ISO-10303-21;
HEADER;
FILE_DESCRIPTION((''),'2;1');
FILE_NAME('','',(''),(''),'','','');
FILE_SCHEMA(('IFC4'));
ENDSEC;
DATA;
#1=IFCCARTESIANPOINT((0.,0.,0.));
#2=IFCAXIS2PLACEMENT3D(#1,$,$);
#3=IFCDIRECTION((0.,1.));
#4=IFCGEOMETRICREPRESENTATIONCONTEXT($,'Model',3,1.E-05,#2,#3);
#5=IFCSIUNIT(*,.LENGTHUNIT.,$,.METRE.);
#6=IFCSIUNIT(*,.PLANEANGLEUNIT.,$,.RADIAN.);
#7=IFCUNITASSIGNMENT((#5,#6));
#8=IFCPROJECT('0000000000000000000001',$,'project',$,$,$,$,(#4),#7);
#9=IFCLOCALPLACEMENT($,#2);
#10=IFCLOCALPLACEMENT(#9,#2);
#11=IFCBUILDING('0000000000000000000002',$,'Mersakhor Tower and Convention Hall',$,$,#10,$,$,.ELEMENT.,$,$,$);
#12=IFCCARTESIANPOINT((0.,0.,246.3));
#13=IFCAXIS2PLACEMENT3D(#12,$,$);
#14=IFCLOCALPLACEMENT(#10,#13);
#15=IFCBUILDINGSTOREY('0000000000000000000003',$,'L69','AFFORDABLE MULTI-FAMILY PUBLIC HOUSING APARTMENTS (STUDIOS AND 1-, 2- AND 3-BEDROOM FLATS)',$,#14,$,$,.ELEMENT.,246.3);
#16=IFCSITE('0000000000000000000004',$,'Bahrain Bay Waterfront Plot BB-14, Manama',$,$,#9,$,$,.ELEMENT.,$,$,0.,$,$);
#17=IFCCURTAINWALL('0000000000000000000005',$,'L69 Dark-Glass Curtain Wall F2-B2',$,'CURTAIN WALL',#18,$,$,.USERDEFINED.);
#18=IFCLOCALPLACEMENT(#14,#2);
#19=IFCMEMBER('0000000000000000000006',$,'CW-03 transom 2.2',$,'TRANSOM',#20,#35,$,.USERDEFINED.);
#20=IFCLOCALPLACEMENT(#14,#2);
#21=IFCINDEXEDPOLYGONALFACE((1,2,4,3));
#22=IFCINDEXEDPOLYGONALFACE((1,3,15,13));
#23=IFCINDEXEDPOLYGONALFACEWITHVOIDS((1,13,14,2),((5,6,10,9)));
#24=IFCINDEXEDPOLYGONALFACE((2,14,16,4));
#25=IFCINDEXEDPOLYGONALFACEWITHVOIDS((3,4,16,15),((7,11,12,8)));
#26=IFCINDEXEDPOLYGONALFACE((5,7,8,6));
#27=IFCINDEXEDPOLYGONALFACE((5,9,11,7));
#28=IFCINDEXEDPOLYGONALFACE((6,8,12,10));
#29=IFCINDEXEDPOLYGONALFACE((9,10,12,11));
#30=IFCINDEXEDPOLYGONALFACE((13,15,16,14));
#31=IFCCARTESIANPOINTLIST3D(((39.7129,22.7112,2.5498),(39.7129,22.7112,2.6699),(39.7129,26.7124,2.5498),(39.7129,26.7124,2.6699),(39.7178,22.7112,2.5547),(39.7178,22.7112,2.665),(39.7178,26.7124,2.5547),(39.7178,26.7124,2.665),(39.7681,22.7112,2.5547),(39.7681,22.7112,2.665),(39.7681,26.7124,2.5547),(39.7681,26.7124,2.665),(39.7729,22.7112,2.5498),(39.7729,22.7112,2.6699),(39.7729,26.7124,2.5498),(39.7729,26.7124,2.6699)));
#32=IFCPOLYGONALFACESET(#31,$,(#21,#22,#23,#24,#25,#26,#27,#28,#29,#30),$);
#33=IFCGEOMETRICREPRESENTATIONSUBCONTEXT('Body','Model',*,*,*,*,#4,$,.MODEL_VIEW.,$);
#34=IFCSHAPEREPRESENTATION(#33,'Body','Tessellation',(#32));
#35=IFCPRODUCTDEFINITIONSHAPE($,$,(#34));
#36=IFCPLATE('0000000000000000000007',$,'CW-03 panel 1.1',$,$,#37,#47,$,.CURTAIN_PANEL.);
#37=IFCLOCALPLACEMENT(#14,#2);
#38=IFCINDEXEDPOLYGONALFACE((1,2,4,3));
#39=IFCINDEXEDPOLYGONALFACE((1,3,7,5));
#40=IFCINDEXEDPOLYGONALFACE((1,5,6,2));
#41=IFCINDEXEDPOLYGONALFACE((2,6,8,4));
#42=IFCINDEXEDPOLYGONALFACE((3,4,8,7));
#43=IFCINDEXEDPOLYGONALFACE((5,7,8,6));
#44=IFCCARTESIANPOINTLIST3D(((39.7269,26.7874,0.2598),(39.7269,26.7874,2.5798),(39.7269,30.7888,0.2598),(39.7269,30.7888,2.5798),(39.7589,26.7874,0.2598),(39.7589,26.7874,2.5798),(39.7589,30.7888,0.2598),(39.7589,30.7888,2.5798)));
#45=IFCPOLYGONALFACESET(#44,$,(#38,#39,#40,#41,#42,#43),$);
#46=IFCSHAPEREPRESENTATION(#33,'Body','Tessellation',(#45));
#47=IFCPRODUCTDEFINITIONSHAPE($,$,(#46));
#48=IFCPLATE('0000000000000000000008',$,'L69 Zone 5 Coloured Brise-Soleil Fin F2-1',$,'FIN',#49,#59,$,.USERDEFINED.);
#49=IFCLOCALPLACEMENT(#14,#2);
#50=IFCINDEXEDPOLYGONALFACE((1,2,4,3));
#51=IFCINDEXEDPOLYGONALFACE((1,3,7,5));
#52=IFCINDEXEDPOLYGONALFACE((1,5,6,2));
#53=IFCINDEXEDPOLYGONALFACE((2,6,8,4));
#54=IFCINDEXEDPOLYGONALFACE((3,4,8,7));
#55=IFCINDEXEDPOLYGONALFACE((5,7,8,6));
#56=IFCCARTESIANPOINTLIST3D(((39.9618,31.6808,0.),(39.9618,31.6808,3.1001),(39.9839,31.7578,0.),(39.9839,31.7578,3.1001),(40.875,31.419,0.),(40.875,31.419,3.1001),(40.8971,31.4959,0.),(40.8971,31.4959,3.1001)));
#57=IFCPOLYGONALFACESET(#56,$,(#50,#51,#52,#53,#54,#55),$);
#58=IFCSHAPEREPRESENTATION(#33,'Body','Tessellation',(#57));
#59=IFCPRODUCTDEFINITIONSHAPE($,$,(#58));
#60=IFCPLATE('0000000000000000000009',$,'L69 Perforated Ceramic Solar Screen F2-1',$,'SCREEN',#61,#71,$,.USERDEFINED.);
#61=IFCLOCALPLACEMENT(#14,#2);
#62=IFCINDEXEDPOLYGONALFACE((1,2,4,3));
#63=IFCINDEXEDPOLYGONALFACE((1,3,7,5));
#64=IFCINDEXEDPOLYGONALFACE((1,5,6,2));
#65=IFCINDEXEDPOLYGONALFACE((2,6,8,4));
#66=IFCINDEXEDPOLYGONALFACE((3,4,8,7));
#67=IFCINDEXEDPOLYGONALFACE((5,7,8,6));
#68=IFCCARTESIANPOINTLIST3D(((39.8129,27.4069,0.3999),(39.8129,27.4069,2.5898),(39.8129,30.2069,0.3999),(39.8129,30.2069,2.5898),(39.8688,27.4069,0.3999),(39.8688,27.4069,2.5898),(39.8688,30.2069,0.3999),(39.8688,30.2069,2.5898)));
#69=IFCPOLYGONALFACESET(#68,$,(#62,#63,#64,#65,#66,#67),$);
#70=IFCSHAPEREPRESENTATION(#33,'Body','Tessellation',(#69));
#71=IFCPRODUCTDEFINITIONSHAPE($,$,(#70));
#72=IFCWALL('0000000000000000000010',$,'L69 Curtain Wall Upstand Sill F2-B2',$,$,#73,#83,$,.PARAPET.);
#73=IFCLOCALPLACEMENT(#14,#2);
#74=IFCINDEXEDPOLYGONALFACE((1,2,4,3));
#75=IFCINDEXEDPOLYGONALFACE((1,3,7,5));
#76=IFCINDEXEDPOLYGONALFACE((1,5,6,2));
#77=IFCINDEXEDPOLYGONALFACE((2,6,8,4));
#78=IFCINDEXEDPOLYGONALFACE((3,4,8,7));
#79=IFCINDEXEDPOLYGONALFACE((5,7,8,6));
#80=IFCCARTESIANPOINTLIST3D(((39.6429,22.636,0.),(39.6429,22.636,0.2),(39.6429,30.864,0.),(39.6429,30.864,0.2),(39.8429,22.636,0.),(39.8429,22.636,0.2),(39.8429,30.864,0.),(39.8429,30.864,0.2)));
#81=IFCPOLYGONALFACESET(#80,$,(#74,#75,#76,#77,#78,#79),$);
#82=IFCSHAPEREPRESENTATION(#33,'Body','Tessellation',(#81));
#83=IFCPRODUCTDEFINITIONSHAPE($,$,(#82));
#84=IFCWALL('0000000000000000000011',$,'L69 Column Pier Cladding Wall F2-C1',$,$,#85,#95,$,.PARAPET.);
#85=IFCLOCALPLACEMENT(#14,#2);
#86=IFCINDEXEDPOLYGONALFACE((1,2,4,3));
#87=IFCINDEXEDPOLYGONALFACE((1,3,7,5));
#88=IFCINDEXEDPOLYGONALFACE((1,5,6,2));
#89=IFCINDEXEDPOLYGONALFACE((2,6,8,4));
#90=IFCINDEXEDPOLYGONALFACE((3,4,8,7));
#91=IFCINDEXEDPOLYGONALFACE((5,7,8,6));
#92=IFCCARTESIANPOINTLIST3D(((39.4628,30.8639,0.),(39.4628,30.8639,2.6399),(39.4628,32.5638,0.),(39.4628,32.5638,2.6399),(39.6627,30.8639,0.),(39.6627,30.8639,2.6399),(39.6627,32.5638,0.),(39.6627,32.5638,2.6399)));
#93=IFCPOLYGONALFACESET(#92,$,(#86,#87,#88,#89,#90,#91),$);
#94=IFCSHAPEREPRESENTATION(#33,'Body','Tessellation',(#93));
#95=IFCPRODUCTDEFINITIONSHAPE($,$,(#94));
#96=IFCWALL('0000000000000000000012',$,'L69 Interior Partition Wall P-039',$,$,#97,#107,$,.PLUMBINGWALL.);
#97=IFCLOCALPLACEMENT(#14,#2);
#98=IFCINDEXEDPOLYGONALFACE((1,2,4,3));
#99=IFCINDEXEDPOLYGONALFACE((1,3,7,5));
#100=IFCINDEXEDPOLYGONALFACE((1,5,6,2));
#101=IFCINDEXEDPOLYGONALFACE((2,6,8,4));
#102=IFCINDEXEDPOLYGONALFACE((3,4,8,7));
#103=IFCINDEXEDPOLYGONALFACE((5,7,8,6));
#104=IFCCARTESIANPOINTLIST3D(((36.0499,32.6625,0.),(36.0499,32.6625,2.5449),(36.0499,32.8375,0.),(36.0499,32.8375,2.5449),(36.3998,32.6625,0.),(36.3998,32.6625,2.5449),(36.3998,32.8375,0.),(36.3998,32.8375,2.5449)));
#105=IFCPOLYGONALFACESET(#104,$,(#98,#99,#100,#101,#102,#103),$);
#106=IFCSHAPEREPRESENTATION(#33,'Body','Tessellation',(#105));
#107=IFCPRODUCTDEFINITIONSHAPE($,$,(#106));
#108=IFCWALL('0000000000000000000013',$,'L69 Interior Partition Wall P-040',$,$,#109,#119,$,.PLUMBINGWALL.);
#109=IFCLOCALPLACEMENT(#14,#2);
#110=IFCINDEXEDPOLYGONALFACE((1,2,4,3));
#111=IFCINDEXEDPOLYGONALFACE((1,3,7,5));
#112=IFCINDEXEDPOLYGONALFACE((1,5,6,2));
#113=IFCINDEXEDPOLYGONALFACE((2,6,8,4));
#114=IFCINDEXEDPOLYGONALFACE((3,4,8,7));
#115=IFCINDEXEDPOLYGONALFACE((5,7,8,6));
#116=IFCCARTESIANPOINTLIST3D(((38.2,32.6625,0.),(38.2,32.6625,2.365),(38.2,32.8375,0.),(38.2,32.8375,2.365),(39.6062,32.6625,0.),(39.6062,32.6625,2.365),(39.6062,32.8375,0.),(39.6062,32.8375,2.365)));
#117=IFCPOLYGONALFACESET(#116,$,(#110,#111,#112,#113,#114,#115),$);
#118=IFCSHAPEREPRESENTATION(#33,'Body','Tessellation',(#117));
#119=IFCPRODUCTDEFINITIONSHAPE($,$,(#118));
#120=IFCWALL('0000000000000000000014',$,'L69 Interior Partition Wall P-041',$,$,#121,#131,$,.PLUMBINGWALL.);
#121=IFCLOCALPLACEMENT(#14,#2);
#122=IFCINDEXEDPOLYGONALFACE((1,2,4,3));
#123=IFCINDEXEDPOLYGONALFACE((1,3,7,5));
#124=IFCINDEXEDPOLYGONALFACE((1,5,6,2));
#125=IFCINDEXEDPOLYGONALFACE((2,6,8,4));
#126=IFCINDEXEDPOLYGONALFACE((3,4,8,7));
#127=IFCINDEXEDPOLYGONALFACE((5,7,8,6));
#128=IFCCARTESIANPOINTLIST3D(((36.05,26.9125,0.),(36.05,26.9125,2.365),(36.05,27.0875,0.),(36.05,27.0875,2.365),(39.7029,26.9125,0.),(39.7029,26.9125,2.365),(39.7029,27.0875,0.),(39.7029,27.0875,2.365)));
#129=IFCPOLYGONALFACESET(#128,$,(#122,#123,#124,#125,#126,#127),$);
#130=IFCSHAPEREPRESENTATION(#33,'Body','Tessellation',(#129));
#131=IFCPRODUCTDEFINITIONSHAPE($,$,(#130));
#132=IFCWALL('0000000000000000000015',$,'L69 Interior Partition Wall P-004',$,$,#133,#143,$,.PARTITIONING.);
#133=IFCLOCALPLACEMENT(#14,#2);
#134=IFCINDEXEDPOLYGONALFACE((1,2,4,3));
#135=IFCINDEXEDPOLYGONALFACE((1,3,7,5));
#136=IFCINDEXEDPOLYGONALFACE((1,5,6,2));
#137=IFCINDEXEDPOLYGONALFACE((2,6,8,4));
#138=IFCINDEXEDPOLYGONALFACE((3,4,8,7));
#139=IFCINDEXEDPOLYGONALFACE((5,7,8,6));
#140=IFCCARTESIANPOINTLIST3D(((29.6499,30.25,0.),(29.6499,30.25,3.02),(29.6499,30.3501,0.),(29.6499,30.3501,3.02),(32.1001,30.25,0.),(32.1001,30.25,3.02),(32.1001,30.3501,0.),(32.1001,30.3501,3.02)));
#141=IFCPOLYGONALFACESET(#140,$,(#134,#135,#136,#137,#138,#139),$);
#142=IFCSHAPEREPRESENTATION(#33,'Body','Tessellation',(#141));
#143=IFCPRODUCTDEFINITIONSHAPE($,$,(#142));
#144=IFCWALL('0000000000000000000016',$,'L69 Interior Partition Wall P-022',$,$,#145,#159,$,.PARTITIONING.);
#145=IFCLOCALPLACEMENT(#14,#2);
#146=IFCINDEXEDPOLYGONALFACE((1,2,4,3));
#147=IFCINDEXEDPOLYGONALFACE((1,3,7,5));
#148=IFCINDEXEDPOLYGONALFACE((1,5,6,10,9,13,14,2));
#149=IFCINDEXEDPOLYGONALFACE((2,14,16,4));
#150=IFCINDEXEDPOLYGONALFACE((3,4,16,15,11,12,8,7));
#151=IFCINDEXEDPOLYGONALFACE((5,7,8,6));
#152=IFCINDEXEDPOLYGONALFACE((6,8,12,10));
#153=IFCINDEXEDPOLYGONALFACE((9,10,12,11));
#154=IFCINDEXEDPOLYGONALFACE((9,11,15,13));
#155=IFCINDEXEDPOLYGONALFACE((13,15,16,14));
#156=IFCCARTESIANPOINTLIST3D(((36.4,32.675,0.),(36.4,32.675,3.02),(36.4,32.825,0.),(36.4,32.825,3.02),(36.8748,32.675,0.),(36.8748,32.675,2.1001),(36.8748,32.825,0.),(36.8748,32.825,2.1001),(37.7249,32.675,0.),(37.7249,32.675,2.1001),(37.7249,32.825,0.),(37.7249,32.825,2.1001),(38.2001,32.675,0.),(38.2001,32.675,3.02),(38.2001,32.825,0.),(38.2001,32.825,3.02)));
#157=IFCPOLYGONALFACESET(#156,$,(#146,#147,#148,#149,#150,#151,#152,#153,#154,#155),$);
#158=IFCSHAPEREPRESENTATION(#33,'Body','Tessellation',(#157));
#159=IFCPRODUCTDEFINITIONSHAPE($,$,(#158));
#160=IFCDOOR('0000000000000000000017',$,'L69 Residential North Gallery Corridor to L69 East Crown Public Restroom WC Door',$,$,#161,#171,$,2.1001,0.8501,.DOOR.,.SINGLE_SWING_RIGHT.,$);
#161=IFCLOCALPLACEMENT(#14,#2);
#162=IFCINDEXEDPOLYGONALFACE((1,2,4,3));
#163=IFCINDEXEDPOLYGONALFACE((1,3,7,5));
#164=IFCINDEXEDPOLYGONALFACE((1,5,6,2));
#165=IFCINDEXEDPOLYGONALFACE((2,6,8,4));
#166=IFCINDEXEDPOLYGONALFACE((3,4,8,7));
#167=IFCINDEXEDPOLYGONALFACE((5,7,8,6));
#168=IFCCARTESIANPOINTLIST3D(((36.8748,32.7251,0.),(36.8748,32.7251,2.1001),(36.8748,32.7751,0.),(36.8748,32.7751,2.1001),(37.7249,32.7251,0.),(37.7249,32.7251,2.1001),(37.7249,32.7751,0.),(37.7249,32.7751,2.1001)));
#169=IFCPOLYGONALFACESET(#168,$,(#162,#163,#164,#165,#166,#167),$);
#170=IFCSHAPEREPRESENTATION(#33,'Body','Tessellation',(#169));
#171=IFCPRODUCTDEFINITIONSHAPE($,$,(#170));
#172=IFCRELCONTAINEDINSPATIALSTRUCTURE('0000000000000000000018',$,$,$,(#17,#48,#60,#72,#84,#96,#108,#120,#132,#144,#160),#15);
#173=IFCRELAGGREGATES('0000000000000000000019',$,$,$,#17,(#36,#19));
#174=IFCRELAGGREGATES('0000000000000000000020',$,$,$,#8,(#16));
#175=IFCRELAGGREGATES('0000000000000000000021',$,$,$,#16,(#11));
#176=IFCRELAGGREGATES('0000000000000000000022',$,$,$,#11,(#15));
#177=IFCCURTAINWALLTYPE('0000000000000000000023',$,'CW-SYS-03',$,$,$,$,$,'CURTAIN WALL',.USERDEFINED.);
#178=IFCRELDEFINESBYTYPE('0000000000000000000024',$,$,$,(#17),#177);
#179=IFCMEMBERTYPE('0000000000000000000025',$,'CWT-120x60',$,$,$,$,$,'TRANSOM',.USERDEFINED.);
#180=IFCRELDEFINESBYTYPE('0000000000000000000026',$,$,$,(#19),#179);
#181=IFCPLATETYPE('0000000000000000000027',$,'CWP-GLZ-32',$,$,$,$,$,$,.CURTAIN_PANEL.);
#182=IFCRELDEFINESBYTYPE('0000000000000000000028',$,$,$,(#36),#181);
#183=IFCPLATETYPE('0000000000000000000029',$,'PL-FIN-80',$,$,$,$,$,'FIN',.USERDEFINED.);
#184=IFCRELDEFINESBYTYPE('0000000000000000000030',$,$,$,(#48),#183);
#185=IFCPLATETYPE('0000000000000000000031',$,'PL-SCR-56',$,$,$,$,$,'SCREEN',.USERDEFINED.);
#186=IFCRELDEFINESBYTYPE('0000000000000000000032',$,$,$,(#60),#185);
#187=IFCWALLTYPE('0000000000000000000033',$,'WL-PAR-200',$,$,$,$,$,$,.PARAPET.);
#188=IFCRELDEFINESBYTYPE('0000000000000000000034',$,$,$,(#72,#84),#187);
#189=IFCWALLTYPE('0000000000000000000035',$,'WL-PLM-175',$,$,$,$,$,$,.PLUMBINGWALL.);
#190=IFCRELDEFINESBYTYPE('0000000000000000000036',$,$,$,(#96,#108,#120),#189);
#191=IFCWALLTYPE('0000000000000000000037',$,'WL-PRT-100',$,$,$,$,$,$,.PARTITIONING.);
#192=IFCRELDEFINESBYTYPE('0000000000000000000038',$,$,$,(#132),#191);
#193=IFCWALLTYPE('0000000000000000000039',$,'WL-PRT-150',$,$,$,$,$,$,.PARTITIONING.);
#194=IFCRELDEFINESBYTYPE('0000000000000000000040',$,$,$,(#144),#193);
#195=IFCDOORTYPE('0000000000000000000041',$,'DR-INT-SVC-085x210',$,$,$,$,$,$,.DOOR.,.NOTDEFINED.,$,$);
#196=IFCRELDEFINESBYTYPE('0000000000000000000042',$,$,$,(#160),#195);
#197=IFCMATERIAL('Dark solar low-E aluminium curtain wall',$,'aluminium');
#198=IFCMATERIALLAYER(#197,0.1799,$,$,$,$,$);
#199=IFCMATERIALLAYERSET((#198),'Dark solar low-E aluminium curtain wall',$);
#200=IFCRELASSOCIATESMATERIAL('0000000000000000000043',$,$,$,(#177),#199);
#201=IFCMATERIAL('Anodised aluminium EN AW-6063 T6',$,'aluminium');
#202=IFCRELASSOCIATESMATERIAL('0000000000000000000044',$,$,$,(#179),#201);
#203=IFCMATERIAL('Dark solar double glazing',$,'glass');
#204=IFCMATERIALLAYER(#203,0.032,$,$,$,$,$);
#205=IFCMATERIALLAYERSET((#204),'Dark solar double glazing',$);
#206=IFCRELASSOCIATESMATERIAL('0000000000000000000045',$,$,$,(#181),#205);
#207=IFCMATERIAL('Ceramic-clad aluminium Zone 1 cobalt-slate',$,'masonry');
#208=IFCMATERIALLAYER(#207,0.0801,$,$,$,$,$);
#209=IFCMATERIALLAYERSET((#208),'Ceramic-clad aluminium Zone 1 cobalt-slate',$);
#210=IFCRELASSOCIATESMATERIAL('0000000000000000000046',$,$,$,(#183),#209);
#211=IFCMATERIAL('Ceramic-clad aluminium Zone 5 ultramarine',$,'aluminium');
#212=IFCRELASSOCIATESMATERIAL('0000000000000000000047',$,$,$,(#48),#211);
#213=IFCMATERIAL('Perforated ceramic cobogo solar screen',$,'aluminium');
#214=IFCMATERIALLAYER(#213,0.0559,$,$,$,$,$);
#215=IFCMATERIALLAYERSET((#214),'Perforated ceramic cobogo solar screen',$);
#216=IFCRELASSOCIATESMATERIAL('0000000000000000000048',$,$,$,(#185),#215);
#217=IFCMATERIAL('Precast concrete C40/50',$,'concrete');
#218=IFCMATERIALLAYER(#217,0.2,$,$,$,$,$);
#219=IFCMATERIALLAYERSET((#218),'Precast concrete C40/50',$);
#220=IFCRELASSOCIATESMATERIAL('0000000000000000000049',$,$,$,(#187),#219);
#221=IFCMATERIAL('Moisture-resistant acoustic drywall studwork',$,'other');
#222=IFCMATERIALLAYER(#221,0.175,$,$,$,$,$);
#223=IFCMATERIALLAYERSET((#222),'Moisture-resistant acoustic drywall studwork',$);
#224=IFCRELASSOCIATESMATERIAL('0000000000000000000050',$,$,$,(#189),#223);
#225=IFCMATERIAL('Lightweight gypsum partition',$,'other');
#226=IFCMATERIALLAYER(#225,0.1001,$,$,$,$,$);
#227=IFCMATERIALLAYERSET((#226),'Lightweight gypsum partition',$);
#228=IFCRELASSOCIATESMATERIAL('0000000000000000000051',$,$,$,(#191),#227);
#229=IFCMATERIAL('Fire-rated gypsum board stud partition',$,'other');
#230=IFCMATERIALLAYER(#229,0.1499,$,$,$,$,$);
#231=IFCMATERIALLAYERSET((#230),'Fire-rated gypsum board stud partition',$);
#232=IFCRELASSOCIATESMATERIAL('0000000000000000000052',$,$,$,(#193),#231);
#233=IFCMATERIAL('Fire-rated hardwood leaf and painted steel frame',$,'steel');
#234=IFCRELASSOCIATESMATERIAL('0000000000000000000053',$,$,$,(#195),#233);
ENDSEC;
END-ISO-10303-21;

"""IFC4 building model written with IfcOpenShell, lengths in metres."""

from ifc_helpers import new_model, si_unit, direction, frame, frame_2d, origin, origin_2d, place, context, subcontext, project, spatial, rectangle, hollow_rectangle, extrude, material, layer, layer_set, material_profile, profile_set, type_object, element, fill, aggregate, save


model = new_model("IFC4")

# Units and contexts
model_context = context("Model", 3, precision=1e-05, world=origin(), true_north=direction((0.0, 1.0)))
body_context = subcontext(model_context, "Body", "Model", "MODEL_VIEW")
ifc_project = project(units=[si_unit("LENGTHUNIT", "METRE"), si_unit("PLANEANGLEUNIT", "RADIAN")], contexts=[model_context])

# Site, building, storey
site_placement = place(None, origin())
site = spatial("IfcSite", under=ifc_project, at=site_placement, Name="Bahrain Bay Waterfront Plot BB-14, Manama", CompositionType="ELEMENT", RefElevation=0.0)
building_placement = place(site_placement, origin())
building = spatial("IfcBuilding", under=site, at=building_placement, Name="Mersakhor Tower and Convention Hall", CompositionType="ELEMENT")
storey_placement = place(building_placement, frame((0.0, 0.0, 246.3)))
storey = spatial("IfcBuildingStorey", under=building, at=storey_placement, Name="L69", Description="AFFORDABLE MULTI-FAMILY PUBLIC HOUSING APARTMENTS (STUDIOS AND 1-, 2- AND 3-BEDROOM FLATS)", CompositionType="ELEMENT", Elevation=246.3)

# Curtain wall, member, plate
ifc_material_1 = material(Name="Dark solar low-E aluminium curtain wall", Category="aluminium")
ifc_layer_1 = layer(ifc_material_1, 0.1799)
ifc_layer_set_1 = layer_set([ifc_layer_1], Name="Dark solar low-E aluminium curtain wall")
curtain_wall_type = type_object("IfcCurtainWallType", Name="CW-SYS-03", ElementType="CURTAIN WALL", PredefinedType="USERDEFINED", material=ifc_layer_set_1)
curtain_wall_placement = place(storey_placement, origin())
curtain_wall = element("IfcCurtainWall", 1, at=curtain_wall_placement, inside=storey, type_object=curtain_wall_type, Name="L69 Dark-Glass Curtain Wall F2-B2", ObjectType="CURTAIN WALL", PredefinedType="USERDEFINED")
ifc_material_2 = material(Name="Anodised aluminium EN AW-6063 T6", Category="aluminium")
ifc_material_profile_1 = material_profile(ifc_material_2, hollow_rectangle(XDim=0.0601, YDim=0.1201, WallThickness=0.0049, at=origin_2d()), Name="RHS 120x60x5")
ifc_profile_set_1 = profile_set([ifc_material_profile_1], Name="Anodised aluminium EN AW-6063 T6")
member_type_1 = type_object("IfcMemberType", Name="CWT-120x60", ElementType="TRANSOM", PredefinedType="USERDEFINED", material=ifc_profile_set_1)
member_1_placement = place(storey_placement, frame((39.7429, 26.7124, 2.6099), z_axis=(0.0, -1.0, 0.0), x_axis=(1.0, 0.0, 0.0)))
member_1 = element("IfcMember", 2, at=member_1_placement, type_object=member_type_1, Name="CW-03 transom 2.2", ObjectType="TRANSOM", PredefinedType="USERDEFINED", context=body_context, shape_type="SweptSolid", body=[
    extrude(hollow_rectangle(XDim=0.0601, YDim=0.1201, WallThickness=0.0049, at=origin_2d()), origin(), (0.0, 0.0, 1.0), 4.0012),
])
ifc_material_3 = material(Name="Dark solar double glazing", Category="glass")
ifc_layer_2 = layer(ifc_material_3, 0.032)
ifc_layer_set_2 = layer_set([ifc_layer_2], Name="Dark solar double glazing")
plate_type_1 = type_object("IfcPlateType", Name="CWP-GLZ-32", PredefinedType="CURTAIN_PANEL", material=ifc_layer_set_2)
plate_1_placement = place(storey_placement, frame((39.7429, 28.7881, 0.2598), z_axis=(0.0, 0.0, 1.0), x_axis=(0.0, -1.0, 0.0)))
plate_1 = element("IfcPlate", 3, at=plate_1_placement, type_object=plate_type_1, Name="CW-03 panel 1.1", PredefinedType="CURTAIN_PANEL", context=body_context, shape_type="SweptSolid", body=[
    extrude(rectangle(XDim=4.0015, YDim=0.032, at=origin_2d()), origin(), (0.0, 0.0, 1.0), 2.3201),
])
aggregate(curtain_wall, [plate_1, member_1])

# Plates
ifc_material_4 = material(Name="Ceramic-clad aluminium Zone 5 ultramarine", Category="aluminium")
ifc_material_5 = material(Name="Ceramic-clad aluminium Zone 1 cobalt-slate", Category="masonry")
ifc_layer_3 = layer(ifc_material_5, 0.0801)
ifc_layer_set_3 = layer_set([ifc_layer_3], Name="Ceramic-clad aluminium Zone 1 cobalt-slate")
plate_type_2 = type_object("IfcPlateType", Name="PL-FIN-80", ElementType="FIN", PredefinedType="USERDEFINED", material=ifc_layer_set_3)
plate_2_placement = place(storey_placement, frame((40.4294, 31.5884, 0.0), z_axis=(0.0, 0.0, 1.0), x_axis=(0.961262, -0.275637, 0.0)))
element("IfcPlate", 4, at=plate_2_placement, inside=storey, type_object=plate_type_2, material=ifc_material_4, Name="L69 Zone 5 Coloured Brise-Soleil Fin F2-1", ObjectType="FIN", PredefinedType="USERDEFINED", context=body_context, shape_type="SweptSolid", body=[
    extrude(rectangle(XDim=0.95, YDim=0.0801, at=origin_2d()), origin(), (0.0, 0.0, 1.0), 3.1001),
])
ifc_material_6 = material(Name="Perforated ceramic cobogo solar screen", Category="aluminium")
ifc_layer_4 = layer(ifc_material_6, 0.0559)
ifc_layer_set_4 = layer_set([ifc_layer_4], Name="Perforated ceramic cobogo solar screen")
plate_type_3 = type_object("IfcPlateType", Name="PL-SCR-56", ElementType="SCREEN", PredefinedType="USERDEFINED", material=ifc_layer_set_4)
plate_3_placement = place(storey_placement, frame((39.8408, 28.8069, 0.3999), z_axis=(0.0, 0.0, 1.0), x_axis=(0.0, -1.0, 0.0)))
element("IfcPlate", 5, at=plate_3_placement, inside=storey, type_object=plate_type_3, Name="L69 Perforated Ceramic Solar Screen F2-1", ObjectType="SCREEN", PredefinedType="USERDEFINED", context=body_context, shape_type="SweptSolid", body=[
    extrude(rectangle(XDim=2.8, YDim=0.0559, at=origin_2d()), origin(), (0.0, 0.0, 1.0), 2.1899),
])

# Walls
ifc_material_7 = material(Name="Precast concrete C40/50", Category="concrete")
ifc_layer_5 = layer(ifc_material_7, 0.2)
ifc_layer_set_5 = layer_set([ifc_layer_5], Name="Precast concrete C40/50")
wall_type_1 = type_object("IfcWallType", Name="WL-PAR-200", PredefinedType="PARAPET", material=ifc_layer_set_5)
wall_1_placement = place(storey_placement, frame((39.7429, 30.864, 0.0), z_axis=(0.0, 0.0, 1.0), x_axis=(0.0, -1.0, 0.0)))
element("IfcWall", 6, at=wall_1_placement, inside=storey, type_object=wall_type_1, Name="L69 Curtain Wall Upstand Sill F2-B2", PredefinedType="PARAPET", context=body_context, shape_type="SweptSolid", body=[
    extrude(rectangle(XDim=8.228, YDim=0.2, at=frame_2d((4.114, 0.0))), origin(), (0.0, 0.0, 1.0), 0.2),
])
wall_2_placement = place(storey_placement, frame((39.5627, 32.564, 0.0), z_axis=(0.0, 0.0, 1.0), x_axis=(0.0, -1.0, 0.0)))
element("IfcWall", 7, at=wall_2_placement, inside=storey, type_object=wall_type_1, Name="L69 Column Pier Cladding Wall F2-C1", PredefinedType="PARAPET", context=body_context, shape_type="SweptSolid", body=[
    extrude(rectangle(XDim=1.7, YDim=0.2, at=frame_2d((0.8501, 0.0))), origin(), (0.0, 0.0, 1.0), 2.6399),
])
ifc_material_8 = material(Name="Moisture-resistant acoustic drywall studwork", Category="other")
ifc_layer_6 = layer(ifc_material_8, 0.175)
ifc_layer_set_6 = layer_set([ifc_layer_6], Name="Moisture-resistant acoustic drywall studwork")
wall_type_2 = type_object("IfcWallType", Name="WL-PLM-175", PredefinedType="PLUMBINGWALL", material=ifc_layer_set_6)
wall_3_placement = place(storey_placement, frame((36.05, 32.75, 0.0), z_axis=(0.0, 0.0, 1.0), x_axis=(1.0, 0.0, 0.0)))
element("IfcWall", 8, at=wall_3_placement, inside=storey, type_object=wall_type_2, Name="L69 Interior Partition Wall P-039", PredefinedType="PLUMBINGWALL", context=body_context, shape_type="SweptSolid", body=[
    extrude(rectangle(XDim=0.3499, YDim=0.175, at=frame_2d((0.1748, 0.0))), origin(), (0.0, 0.0, 1.0), 2.5449),
])
wall_4_placement = place(storey_placement, frame((38.2, 32.75, 0.0), z_axis=(0.0, 0.0, 1.0), x_axis=(1.0, 0.0, 0.0)))
element("IfcWall", 9, at=wall_4_placement, inside=storey, type_object=wall_type_2, Name="L69 Interior Partition Wall P-040", PredefinedType="PLUMBINGWALL", context=body_context, shape_type="SweptSolid", body=[
    extrude(rectangle(XDim=1.4062, YDim=0.175, at=frame_2d((0.7031, 0.0))), origin(), (0.0, 0.0, 1.0), 2.365),
])
wall_5_placement = place(storey_placement, frame((39.7029, 27.0, 0.0), z_axis=(0.0, 0.0, 1.0), x_axis=(-1.0, 0.0, 0.0)))
element("IfcWall", 10, at=wall_5_placement, inside=storey, type_object=wall_type_2, Name="L69 Interior Partition Wall P-041", PredefinedType="PLUMBINGWALL", context=body_context, shape_type="SweptSolid", body=[
    extrude(rectangle(XDim=3.6528, YDim=0.175, at=frame_2d((1.8264, 0.0))), origin(), (0.0, 0.0, 1.0), 2.365),
])
ifc_material_9 = material(Name="Lightweight gypsum partition", Category="other")
ifc_layer_7 = layer(ifc_material_9, 0.1001)
ifc_layer_set_7 = layer_set([ifc_layer_7], Name="Lightweight gypsum partition")
wall_type_3 = type_object("IfcWallType", Name="WL-PRT-100", PredefinedType="PARTITIONING", material=ifc_layer_set_7)
wall_6_placement = place(storey_placement, frame((32.1001, 30.3, 0.0), z_axis=(0.0, 0.0, 1.0), x_axis=(-1.0, 0.0, 0.0)))
element("IfcWall", 11, at=wall_6_placement, inside=storey, type_object=wall_type_3, Name="L69 Interior Partition Wall P-004", PredefinedType="PARTITIONING", context=body_context, shape_type="SweptSolid", body=[
    extrude(rectangle(XDim=2.4502, YDim=0.1001, at=frame_2d((1.2251, 0.0))), origin(), (0.0, 0.0, 1.0), 3.02),
])

# Wall, opening, door
ifc_material_10 = material(Name="Fire-rated gypsum board stud partition", Category="other")
ifc_layer_8 = layer(ifc_material_10, 0.1499)
ifc_layer_set_8 = layer_set([ifc_layer_8], Name="Fire-rated gypsum board stud partition")
wall_type_4 = type_object("IfcWallType", Name="WL-PRT-150", PredefinedType="PARTITIONING", material=ifc_layer_set_8)
wall_7_placement = place(storey_placement, frame((38.2, 32.75, 0.0), z_axis=(0.0, 0.0, 1.0), x_axis=(-1.0, 0.0, 0.0)))
wall_7 = element("IfcWall", 12, at=wall_7_placement, inside=storey, type_object=wall_type_4, Name="L69 Interior Partition Wall P-022", PredefinedType="PARTITIONING", context=body_context, shape_type="SweptSolid", body=[
    extrude(rectangle(XDim=1.8, YDim=0.1499, at=frame_2d((0.8999, 0.0))), origin(), (0.0, 0.0, 1.0), 3.02),
])
opening_1_placement = place(wall_7_placement, frame((0.4751, 0.0, 0.0)))
opening_1 = element("IfcOpeningElement", 13, at=opening_1_placement, cuts=wall_7, PredefinedType="OPENING", context=body_context, shape_type="SweptSolid", body=[
    extrude(rectangle(XDim=0.8501, YDim=2.1001, at=frame_2d((0.425, 1.05))), frame((0.0, 0.085, 0.0), z_axis=(0.0, -1.0, 0.0), x_axis=(1.0, 0.0, 0.0)), (0.0, 0.0, 1.0), 0.1699),
])
ifc_material_11 = material(Name="Fire-rated hardwood leaf and painted steel frame", Category="steel")
door_type_1 = type_object("IfcDoorType", Name="DR-INT-SVC-085x210", OperationType="NOTDEFINED", PredefinedType="DOOR", material=ifc_material_11)
door_1_placement = place(opening_1_placement, origin())
door_1 = element("IfcDoor", 14, at=door_1_placement, inside=storey, type_object=door_type_1, Name="L69 Residential North Gallery Corridor to L69 East Crown Public Restroom WC Door", OperationType="SINGLE_SWING_RIGHT", OverallHeight=2.1001, OverallWidth=0.8501, PredefinedType="DOOR", context=body_context, shape_type="SweptSolid", body=[
    extrude(rectangle(XDim=0.8501, YDim=2.1001, at=frame_2d((0.425, 1.05))), frame((0.0, 0.0249, 0.0), z_axis=(0.0, -1.0, 0.0), x_axis=(1.0, 0.0, 0.0)), (0.0, 0.0, 1.0), 0.05),
])
fill(opening_1, door_1)

save(model, "model.ifc")
